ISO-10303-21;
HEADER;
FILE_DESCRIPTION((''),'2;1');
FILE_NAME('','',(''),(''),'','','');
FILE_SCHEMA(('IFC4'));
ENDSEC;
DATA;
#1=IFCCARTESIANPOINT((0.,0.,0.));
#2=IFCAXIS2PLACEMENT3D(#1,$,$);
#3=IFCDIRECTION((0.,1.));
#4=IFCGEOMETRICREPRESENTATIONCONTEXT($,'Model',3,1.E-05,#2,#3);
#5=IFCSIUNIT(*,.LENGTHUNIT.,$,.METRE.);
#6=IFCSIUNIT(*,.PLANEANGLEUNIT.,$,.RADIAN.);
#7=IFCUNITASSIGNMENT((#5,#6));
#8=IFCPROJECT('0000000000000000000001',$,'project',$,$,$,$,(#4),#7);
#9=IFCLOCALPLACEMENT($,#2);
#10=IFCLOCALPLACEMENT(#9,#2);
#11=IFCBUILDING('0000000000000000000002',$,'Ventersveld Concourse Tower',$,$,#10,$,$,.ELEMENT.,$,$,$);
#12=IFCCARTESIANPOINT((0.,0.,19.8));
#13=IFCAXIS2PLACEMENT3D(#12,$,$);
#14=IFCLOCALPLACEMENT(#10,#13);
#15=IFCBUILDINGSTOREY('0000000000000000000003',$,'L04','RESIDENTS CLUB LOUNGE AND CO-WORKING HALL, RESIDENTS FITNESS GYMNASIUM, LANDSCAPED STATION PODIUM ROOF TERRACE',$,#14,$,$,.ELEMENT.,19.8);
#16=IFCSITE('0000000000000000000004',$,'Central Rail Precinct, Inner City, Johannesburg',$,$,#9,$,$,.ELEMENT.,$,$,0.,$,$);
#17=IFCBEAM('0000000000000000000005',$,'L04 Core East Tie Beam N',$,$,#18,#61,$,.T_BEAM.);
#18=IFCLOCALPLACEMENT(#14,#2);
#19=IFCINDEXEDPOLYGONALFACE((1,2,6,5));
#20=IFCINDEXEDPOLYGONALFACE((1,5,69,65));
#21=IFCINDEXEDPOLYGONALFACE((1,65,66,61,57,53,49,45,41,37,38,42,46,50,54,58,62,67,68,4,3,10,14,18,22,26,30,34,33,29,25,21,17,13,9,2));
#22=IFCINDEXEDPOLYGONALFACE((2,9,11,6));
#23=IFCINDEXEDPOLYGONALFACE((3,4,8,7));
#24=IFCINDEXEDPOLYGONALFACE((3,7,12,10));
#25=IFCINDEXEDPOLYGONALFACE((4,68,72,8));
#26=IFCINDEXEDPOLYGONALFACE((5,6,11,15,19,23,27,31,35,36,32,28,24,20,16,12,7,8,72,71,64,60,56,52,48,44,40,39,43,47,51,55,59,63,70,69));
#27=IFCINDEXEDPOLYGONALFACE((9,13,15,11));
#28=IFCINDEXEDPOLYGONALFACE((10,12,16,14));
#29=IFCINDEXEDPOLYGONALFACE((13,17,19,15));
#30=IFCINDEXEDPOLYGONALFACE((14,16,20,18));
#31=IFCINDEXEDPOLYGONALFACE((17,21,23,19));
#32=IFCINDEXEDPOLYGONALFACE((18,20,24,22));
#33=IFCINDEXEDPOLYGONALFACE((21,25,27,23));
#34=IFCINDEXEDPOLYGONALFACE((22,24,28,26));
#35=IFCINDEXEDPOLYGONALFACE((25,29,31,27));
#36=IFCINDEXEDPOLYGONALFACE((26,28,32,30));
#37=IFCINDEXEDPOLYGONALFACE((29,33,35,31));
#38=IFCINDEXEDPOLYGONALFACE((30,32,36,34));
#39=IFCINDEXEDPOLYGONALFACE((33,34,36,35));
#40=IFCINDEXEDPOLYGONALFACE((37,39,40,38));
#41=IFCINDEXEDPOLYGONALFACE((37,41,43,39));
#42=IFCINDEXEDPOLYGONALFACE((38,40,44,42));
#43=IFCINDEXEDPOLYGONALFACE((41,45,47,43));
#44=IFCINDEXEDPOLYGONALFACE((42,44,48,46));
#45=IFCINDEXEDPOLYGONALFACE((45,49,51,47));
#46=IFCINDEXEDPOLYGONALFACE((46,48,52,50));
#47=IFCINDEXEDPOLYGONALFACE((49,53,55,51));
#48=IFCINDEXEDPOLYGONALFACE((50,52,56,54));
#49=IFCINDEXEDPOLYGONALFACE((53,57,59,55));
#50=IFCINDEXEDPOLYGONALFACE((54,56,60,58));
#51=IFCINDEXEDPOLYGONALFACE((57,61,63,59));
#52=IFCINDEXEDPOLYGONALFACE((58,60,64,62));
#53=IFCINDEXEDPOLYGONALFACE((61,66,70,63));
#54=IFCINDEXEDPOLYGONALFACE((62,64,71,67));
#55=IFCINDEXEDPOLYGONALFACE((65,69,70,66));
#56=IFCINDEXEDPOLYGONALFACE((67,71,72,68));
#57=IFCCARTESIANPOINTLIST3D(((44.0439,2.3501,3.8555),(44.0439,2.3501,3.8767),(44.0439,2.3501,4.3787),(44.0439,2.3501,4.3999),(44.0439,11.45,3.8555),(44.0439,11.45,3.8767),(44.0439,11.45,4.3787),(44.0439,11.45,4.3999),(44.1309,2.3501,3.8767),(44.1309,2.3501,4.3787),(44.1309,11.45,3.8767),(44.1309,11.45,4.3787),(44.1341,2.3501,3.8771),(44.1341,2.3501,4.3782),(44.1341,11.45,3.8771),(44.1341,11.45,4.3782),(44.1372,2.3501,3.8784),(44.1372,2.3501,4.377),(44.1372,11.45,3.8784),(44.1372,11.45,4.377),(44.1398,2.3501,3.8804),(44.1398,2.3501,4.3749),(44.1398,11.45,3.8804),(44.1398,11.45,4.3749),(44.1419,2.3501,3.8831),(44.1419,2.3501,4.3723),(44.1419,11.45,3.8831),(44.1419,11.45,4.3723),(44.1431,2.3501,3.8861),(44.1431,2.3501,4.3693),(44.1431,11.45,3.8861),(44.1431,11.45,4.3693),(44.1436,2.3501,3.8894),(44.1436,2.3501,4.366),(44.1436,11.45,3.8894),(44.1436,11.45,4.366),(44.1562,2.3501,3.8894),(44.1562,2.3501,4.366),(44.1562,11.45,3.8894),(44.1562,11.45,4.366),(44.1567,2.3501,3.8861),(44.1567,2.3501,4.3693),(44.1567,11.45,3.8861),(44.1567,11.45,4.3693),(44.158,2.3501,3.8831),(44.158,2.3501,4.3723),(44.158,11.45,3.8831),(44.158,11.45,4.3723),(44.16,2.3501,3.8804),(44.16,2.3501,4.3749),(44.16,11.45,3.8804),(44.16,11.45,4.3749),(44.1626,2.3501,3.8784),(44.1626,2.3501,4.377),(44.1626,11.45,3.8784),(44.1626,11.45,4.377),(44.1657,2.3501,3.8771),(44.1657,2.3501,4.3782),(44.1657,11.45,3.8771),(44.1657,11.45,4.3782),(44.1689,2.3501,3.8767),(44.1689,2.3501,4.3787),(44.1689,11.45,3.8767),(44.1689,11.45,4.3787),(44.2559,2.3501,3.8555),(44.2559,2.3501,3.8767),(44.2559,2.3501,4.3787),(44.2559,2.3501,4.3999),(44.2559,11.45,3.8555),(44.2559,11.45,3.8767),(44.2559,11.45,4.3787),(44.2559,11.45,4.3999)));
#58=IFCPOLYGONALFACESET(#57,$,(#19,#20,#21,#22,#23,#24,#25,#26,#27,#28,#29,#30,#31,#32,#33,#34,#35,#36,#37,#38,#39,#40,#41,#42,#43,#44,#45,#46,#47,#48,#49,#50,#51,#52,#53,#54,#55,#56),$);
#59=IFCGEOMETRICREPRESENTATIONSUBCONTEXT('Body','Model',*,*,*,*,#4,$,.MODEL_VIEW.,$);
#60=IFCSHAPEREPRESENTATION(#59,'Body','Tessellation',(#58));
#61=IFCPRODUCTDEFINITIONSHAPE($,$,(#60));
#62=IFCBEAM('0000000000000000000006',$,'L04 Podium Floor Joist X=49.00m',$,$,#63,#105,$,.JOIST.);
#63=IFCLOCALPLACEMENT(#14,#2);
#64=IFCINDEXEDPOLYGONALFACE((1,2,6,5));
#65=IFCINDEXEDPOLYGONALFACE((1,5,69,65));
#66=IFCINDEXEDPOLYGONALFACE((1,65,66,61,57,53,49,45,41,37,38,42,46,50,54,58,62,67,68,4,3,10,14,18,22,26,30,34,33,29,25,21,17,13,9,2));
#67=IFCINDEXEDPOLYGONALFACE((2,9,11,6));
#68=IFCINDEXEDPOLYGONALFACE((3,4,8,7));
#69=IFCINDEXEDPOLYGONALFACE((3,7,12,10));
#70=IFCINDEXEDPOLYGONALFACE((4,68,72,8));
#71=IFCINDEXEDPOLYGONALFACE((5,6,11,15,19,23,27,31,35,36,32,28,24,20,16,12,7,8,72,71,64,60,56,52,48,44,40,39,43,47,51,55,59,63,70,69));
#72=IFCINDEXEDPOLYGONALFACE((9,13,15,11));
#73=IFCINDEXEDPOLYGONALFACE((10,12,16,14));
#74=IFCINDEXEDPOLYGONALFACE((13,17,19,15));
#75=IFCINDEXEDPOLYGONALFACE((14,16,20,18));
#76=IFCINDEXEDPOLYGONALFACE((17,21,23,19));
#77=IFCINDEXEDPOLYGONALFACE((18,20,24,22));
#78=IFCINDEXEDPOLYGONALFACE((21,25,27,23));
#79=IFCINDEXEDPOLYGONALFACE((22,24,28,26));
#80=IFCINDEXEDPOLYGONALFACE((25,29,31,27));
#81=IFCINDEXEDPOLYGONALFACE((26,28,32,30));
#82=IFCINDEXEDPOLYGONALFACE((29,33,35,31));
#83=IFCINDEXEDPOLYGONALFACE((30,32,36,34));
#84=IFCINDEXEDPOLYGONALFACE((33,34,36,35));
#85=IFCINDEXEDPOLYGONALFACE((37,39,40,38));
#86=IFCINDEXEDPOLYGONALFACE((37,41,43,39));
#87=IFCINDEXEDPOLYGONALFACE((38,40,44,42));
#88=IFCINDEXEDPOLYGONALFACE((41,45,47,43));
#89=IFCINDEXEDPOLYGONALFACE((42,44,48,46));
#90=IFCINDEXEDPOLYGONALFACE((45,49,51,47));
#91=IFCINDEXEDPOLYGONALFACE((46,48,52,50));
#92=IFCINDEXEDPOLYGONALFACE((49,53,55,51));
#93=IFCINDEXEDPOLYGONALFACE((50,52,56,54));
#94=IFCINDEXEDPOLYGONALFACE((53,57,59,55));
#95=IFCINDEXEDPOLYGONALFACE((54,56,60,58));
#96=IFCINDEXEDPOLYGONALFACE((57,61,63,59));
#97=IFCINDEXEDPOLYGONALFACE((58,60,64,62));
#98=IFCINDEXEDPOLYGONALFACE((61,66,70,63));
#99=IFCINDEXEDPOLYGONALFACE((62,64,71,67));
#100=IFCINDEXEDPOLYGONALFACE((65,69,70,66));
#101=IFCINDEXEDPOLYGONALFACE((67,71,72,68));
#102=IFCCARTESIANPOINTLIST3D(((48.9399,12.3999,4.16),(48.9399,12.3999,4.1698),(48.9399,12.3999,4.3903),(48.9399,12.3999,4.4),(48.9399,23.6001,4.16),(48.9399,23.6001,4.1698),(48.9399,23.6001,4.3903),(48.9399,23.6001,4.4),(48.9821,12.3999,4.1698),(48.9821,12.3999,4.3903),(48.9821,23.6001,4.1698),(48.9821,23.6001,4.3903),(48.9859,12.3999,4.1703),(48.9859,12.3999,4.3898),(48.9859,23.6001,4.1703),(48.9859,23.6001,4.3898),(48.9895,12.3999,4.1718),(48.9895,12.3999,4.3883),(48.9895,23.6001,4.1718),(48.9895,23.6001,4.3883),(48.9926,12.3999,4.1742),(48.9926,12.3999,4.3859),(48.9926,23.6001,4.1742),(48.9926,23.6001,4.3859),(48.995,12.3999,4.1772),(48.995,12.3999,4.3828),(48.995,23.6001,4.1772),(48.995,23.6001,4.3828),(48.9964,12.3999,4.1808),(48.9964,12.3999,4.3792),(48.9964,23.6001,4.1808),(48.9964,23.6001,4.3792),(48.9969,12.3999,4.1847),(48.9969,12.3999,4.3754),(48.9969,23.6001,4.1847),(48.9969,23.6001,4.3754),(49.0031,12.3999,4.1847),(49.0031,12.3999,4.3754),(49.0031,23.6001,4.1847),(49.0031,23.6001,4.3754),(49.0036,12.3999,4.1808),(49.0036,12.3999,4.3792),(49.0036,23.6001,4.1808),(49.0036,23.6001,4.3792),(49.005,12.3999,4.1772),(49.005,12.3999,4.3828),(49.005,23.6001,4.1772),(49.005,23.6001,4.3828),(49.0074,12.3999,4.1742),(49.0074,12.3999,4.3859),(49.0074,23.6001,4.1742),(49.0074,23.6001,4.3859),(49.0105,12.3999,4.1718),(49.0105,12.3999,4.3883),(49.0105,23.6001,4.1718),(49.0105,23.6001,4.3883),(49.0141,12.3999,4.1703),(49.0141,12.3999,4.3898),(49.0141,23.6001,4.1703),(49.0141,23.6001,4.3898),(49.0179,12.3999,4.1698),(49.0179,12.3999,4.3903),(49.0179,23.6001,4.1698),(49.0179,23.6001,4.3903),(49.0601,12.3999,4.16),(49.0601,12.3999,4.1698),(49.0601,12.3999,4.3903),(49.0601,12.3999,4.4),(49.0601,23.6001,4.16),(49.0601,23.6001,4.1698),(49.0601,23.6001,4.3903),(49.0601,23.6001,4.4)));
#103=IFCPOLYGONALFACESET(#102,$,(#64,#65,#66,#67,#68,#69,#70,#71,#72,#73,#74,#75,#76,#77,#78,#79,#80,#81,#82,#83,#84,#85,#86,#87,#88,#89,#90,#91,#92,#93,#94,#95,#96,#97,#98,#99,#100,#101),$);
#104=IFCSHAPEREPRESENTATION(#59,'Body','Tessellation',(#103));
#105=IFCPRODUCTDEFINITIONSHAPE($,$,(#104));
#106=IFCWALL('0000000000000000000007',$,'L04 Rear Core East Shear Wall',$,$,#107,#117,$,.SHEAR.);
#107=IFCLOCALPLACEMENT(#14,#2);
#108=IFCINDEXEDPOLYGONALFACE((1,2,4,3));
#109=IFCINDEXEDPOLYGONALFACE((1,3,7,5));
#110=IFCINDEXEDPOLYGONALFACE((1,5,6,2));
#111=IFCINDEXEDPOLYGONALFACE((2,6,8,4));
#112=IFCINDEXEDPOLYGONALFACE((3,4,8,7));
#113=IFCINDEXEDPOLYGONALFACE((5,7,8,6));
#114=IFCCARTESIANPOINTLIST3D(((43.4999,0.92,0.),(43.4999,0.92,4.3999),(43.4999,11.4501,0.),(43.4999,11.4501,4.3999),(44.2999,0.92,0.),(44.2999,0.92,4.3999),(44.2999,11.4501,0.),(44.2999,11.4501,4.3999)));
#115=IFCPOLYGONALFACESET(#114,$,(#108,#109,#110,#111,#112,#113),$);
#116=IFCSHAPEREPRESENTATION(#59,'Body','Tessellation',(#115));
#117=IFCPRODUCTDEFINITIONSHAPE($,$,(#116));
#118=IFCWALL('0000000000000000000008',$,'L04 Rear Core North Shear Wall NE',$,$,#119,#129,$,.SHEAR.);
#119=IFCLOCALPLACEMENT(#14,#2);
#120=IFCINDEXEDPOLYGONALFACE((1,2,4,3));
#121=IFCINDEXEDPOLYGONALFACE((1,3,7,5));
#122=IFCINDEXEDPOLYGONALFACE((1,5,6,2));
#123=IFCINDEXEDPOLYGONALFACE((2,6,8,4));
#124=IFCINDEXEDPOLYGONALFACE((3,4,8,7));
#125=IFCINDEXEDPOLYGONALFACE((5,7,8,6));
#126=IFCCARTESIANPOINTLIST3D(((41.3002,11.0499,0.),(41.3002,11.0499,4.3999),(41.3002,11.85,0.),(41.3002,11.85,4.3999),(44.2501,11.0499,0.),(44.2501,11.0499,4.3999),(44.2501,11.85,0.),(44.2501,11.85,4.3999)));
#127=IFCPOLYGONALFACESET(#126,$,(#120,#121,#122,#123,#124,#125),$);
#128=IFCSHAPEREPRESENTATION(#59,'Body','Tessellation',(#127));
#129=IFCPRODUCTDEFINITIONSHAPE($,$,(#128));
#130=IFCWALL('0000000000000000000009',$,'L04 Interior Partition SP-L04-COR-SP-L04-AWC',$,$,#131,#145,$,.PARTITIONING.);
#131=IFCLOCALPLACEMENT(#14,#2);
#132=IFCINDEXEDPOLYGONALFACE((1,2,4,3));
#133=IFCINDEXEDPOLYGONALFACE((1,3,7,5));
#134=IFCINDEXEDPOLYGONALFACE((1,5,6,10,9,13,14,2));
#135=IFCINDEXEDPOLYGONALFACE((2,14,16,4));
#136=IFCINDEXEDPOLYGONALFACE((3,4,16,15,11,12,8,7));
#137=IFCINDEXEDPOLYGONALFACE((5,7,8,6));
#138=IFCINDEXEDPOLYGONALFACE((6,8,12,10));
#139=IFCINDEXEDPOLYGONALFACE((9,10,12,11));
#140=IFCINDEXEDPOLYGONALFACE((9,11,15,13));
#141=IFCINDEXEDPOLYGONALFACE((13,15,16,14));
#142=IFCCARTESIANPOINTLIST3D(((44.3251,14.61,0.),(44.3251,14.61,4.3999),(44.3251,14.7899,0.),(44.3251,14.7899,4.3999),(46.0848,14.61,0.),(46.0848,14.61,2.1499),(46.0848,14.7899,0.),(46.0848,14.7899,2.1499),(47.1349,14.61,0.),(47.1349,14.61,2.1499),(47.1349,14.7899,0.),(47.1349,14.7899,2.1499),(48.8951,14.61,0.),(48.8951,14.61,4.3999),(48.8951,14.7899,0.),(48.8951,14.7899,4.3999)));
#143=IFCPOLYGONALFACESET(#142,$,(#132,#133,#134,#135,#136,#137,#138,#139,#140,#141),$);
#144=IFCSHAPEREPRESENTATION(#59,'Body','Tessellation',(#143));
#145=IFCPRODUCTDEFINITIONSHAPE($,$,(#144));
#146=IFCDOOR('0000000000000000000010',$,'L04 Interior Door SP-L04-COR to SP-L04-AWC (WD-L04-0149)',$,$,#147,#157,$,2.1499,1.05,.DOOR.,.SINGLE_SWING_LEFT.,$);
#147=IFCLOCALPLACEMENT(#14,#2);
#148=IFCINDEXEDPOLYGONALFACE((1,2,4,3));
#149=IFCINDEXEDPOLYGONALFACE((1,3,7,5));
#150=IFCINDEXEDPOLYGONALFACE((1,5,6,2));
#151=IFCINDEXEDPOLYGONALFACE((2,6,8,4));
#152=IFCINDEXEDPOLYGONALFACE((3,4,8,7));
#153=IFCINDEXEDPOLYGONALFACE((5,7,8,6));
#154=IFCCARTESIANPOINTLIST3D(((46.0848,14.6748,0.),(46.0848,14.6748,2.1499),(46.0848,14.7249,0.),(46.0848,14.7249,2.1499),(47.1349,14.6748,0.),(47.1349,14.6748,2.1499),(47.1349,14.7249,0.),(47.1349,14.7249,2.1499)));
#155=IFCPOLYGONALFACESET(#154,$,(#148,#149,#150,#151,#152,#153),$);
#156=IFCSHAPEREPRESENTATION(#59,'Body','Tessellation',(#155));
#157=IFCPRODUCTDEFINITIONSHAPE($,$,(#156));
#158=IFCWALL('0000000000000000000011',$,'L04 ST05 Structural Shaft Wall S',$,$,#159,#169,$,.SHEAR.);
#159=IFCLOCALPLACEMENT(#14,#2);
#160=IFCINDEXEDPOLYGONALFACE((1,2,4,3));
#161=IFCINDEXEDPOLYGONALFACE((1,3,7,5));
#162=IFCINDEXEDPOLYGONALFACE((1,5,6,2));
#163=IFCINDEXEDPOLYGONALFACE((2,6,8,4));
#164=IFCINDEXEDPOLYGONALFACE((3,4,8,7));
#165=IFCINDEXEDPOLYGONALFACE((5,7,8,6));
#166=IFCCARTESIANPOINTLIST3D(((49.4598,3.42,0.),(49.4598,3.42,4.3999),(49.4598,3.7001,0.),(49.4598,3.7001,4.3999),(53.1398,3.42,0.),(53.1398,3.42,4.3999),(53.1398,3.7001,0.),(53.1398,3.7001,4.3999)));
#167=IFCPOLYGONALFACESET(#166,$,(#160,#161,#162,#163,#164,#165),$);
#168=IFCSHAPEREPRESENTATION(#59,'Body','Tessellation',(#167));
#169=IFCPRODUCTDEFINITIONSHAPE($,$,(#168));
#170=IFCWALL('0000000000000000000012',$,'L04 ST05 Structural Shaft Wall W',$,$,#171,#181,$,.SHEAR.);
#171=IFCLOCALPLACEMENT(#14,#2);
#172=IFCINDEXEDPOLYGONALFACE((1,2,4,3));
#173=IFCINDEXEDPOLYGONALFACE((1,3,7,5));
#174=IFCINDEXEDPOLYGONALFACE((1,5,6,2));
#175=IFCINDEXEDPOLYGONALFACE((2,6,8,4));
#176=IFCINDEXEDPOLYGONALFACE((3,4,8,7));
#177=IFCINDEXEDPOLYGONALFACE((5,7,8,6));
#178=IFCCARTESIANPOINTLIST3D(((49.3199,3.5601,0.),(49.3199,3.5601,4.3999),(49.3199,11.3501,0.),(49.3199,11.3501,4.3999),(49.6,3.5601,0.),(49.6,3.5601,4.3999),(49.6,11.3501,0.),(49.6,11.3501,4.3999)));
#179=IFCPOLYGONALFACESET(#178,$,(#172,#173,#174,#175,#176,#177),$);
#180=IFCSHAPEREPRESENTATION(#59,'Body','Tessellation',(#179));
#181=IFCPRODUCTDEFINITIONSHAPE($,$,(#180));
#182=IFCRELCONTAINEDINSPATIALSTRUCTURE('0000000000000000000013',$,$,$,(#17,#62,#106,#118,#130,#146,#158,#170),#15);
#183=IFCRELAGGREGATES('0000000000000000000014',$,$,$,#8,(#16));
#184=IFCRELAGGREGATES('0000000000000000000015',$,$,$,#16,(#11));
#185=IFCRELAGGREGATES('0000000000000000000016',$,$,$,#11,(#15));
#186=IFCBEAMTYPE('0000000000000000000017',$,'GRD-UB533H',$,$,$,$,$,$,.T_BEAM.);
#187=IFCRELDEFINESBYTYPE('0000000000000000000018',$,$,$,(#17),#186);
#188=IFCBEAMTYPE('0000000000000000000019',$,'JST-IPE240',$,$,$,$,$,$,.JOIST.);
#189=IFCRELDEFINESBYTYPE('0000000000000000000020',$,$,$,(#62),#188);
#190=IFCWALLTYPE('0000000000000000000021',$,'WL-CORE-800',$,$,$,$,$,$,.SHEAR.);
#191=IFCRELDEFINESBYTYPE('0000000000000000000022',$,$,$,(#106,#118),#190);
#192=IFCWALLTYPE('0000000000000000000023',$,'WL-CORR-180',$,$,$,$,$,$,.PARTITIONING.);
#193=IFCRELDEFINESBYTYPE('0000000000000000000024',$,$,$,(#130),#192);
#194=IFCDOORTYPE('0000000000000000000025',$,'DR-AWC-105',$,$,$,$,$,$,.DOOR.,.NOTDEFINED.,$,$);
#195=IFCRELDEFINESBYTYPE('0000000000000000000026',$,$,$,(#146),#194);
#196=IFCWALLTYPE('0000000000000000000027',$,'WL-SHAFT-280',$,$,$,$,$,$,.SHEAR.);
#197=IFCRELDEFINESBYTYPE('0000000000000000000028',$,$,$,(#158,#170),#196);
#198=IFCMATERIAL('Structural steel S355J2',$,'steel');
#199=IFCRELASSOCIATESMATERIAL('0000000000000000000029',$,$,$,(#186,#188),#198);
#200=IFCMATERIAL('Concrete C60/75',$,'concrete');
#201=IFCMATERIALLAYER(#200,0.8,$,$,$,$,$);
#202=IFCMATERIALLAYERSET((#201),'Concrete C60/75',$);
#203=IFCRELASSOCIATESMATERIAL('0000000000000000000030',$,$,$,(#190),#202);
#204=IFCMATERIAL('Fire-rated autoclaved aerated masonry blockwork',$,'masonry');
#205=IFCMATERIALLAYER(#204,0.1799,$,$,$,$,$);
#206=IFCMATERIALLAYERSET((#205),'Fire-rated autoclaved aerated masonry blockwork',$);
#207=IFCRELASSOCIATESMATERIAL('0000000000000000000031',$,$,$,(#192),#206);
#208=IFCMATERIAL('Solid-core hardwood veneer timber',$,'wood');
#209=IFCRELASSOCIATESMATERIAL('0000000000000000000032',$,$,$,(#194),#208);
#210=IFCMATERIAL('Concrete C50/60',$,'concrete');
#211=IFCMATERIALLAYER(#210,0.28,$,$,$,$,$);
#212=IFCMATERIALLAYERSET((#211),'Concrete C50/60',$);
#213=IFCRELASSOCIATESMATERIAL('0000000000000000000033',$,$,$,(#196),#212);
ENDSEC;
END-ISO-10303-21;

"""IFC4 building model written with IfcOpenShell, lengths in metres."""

from ifc_helpers import new_model, si_unit, direction, frame, frame_2d, origin, origin_2d, place, context, subcontext, project, spatial, rectangle, i_section, extrude, material, layer, layer_set, material_profile, profile_set, type_object, element, fill, save


model = new_model("IFC4")

# Units and contexts
model_context = context("Model", 3, precision=1e-05, world=origin(), true_north=direction((0.0, 1.0)))
body_context = subcontext(model_context, "Body", "Model", "MODEL_VIEW")
ifc_project = project(units=[si_unit("LENGTHUNIT", "METRE"), si_unit("PLANEANGLEUNIT", "RADIAN")], contexts=[model_context])

# Site, building, storey
site_placement = place(None, origin())
site = spatial("IfcSite", under=ifc_project, at=site_placement, Name="Central Rail Precinct, Inner City, Johannesburg", CompositionType="ELEMENT", RefElevation=0.0)
building_placement = place(site_placement, origin())
building = spatial("IfcBuilding", under=site, at=building_placement, Name="Ventersveld Concourse Tower", CompositionType="ELEMENT")
storey_placement = place(building_placement, frame((0.0, 0.0, 19.8)))
storey = spatial("IfcBuildingStorey", under=building, at=storey_placement, Name="L04", Description="RESIDENTS CLUB LOUNGE AND CO-WORKING HALL, RESIDENTS FITNESS GYMNASIUM, LANDSCAPED STATION PODIUM ROOF TERRACE", CompositionType="ELEMENT", Elevation=19.8)

# Shared definitions
ifc_material_1 = material(Name="Concrete C50/60", Category="concrete")
ifc_material_2 = material(Name="Concrete C60/75", Category="concrete")

# Beams
ifc_material_3 = material(Name="Structural steel S355J2", Category="steel")
ifc_material_profile_1 = material_profile(ifc_material_3, i_section(OverallWidth=0.2119, OverallDepth=0.5444, WebThickness=0.0127, FlangeThickness=0.0212, FilletRadius=0.0127, at=origin_2d()), Name="UB 533x210x122")
ifc_profile_set_1 = profile_set([ifc_material_profile_1], Name="Structural steel S355J2")
beam_type_1 = type_object("IfcBeamType", Name="GRD-UB533H", PredefinedType="T_BEAM", material=ifc_profile_set_1)
beam_1_placement = place(storey_placement, frame((44.1499, 2.3501, 4.1277), z_axis=(0.0, 1.0, 0.0), x_axis=(-1.0, 0.0, 0.0)))
element("IfcBeam", 1, at=beam_1_placement, inside=storey, type_object=beam_type_1, Name="L04 Core East Tie Beam N", PredefinedType="T_BEAM", context=body_context, shape_type="SweptSolid", body=[
    extrude(i_section(OverallWidth=0.2119, OverallDepth=0.5444, WebThickness=0.0127, FlangeThickness=0.0212, FilletRadius=0.0127, at=origin_2d()), origin(), (0.0, 0.0, 1.0), 9.0999),
])
ifc_material_profile_2 = material_profile(ifc_material_3, i_section(OverallWidth=0.1201, OverallDepth=0.24, WebThickness=0.0061, FlangeThickness=0.0098, FilletRadius=0.0149, at=origin_2d()), Name="IPE 240")
ifc_profile_set_2 = profile_set([ifc_material_profile_2], Name="Structural steel S355J2")
beam_type_2 = type_object("IfcBeamType", Name="JST-IPE240", PredefinedType="JOIST", material=ifc_profile_set_2)
beam_2_placement = place(storey_placement, frame((49.0, 12.3999, 4.28), z_axis=(0.0, 1.0, 0.0), x_axis=(-1.0, 0.0, 0.0)))
element("IfcBeam", 2, at=beam_2_placement, inside=storey, type_object=beam_type_2, Name="L04 Podium Floor Joist X=49.00m", PredefinedType="JOIST", context=body_context, shape_type="SweptSolid", body=[
    extrude(i_section(OverallWidth=0.1201, OverallDepth=0.24, WebThickness=0.0061, FlangeThickness=0.0098, FilletRadius=0.0149, at=origin_2d()), origin(), (0.0, 0.0, 1.0), 11.2002),
])

# Walls
ifc_layer_1 = layer(ifc_material_2, 0.8)
ifc_layer_set_1 = layer_set([ifc_layer_1], Name="Concrete C60/75")
wall_type_1 = type_object("IfcWallType", Name="WL-CORE-800", PredefinedType="SHEAR", material=ifc_layer_set_1)
wall_1_placement = place(storey_placement, frame((43.8999, 0.9199, 0.0), z_axis=(0.0, 0.0, 1.0), x_axis=(0.0, 1.0, 0.0)))
element("IfcWall", 3, at=wall_1_placement, inside=storey, type_object=wall_type_1, Name="L04 Rear Core East Shear Wall", PredefinedType="SHEAR", context=body_context, shape_type="SweptSolid", body=[
    extrude(rectangle(XDim=10.53, YDim=0.8, at=frame_2d((5.2651, 0.0))), origin(), (0.0, 0.0, 1.0), 4.3999),
])
wall_2_placement = place(storey_placement, frame((41.3, 11.45, 0.0), z_axis=(0.0, 0.0, 1.0), x_axis=(1.0, 0.0, 0.0)))
element("IfcWall", 4, at=wall_2_placement, inside=storey, type_object=wall_type_1, Name="L04 Rear Core North Shear Wall NE", PredefinedType="SHEAR", context=body_context, shape_type="SweptSolid", body=[
    extrude(rectangle(XDim=2.95, YDim=0.8, at=frame_2d((1.4751, 0.0))), origin(), (0.0, 0.0, 1.0), 4.3999),
])

# Wall, opening, door
ifc_material_4 = material(Name="Fire-rated autoclaved aerated masonry blockwork", Category="masonry")
ifc_layer_2 = layer(ifc_material_4, 0.1799)
ifc_layer_set_2 = layer_set([ifc_layer_2], Name="Fire-rated autoclaved aerated masonry blockwork")
wall_type_2 = type_object("IfcWallType", Name="WL-CORR-180", PredefinedType="PARTITIONING", material=ifc_layer_set_2)
wall_3_placement = place(storey_placement, frame((44.325, 14.7, 0.0), z_axis=(0.0, 0.0, 1.0), x_axis=(1.0, 0.0, 0.0)))
wall_3 = element("IfcWall", 5, at=wall_3_placement, inside=storey, type_object=wall_type_2, Name="L04 Interior Partition SP-L04-COR-SP-L04-AWC", PredefinedType="PARTITIONING", context=body_context, shape_type="SweptSolid", body=[
    extrude(rectangle(XDim=4.5701, YDim=0.1799, at=frame_2d((2.2852, 0.0))), origin(), (0.0, 0.0, 1.0), 4.3999),
])
opening_placement = place(wall_3_placement, frame((1.76, 0.0, 0.0)))
opening = element("IfcOpeningElement", 6, at=opening_placement, cuts=wall_3, PredefinedType="OPENING", context=body_context, shape_type="SweptSolid", body=[
    extrude(rectangle(XDim=1.05, YDim=2.1499, at=frame_2d((0.5249, 1.075))), frame((0.0, 0.1001, 0.0), z_axis=(0.0, -1.0, 0.0), x_axis=(1.0, 0.0, 0.0)), (0.0, 0.0, 1.0), 0.2),
])
ifc_material_5 = material(Name="Solid-core hardwood veneer timber", Category="wood")
door_type = type_object("IfcDoorType", Name="DR-AWC-105", OperationType="NOTDEFINED", PredefinedType="DOOR", material=ifc_material_5)
door_placement = place(opening_placement, origin())
door = element("IfcDoor", 7, at=door_placement, inside=storey, type_object=door_type, Name="L04 Interior Door SP-L04-COR to SP-L04-AWC (WD-L04-0149)", OperationType="SINGLE_SWING_LEFT", OverallHeight=2.1499, OverallWidth=1.05, PredefinedType="DOOR", context=body_context, shape_type="SweptSolid", body=[
    extrude(rectangle(XDim=1.05, YDim=2.1499, at=frame_2d((0.5249, 1.075))), frame((0.0, 0.0249, 0.0), z_axis=(0.0, -1.0, 0.0), x_axis=(1.0, 0.0, 0.0)), (0.0, 0.0, 1.0), 0.05),
])
fill(opening, door)

# Walls
ifc_layer_3 = layer(ifc_material_1, 0.28)
ifc_layer_set_3 = layer_set([ifc_layer_3], Name="Concrete C50/60")
wall_type_3 = type_object("IfcWallType", Name="WL-SHAFT-280", PredefinedType="SHEAR", material=ifc_layer_set_3)
wall_4_placement = place(storey_placement, frame((49.46, 3.5601, 0.0), z_axis=(0.0, 0.0, 1.0), x_axis=(1.0, 0.0, 0.0)))
element("IfcWall", 8, at=wall_4_placement, inside=storey, type_object=wall_type_3, Name="L04 ST05 Structural Shaft Wall S", PredefinedType="SHEAR", context=body_context, shape_type="SweptSolid", body=[
    extrude(rectangle(XDim=3.6799, YDim=0.28, at=frame_2d((1.8398, 0.0))), origin(), (0.0, 0.0, 1.0), 4.3999),
])
wall_5_placement = place(storey_placement, frame((49.46, 3.5601, 0.0), z_axis=(0.0, 0.0, 1.0), x_axis=(0.0, 1.0, 0.0)))
element("IfcWall", 9, at=wall_5_placement, inside=storey, type_object=wall_type_3, Name="L04 ST05 Structural Shaft Wall W", PredefinedType="SHEAR", context=body_context, shape_type="SweptSolid", body=[
    extrude(rectangle(XDim=7.79, YDim=0.28, at=frame_2d((3.895, 0.0))), origin(), (0.0, 0.0, 1.0), 4.3999),
])

save(model, "model.ifc")
